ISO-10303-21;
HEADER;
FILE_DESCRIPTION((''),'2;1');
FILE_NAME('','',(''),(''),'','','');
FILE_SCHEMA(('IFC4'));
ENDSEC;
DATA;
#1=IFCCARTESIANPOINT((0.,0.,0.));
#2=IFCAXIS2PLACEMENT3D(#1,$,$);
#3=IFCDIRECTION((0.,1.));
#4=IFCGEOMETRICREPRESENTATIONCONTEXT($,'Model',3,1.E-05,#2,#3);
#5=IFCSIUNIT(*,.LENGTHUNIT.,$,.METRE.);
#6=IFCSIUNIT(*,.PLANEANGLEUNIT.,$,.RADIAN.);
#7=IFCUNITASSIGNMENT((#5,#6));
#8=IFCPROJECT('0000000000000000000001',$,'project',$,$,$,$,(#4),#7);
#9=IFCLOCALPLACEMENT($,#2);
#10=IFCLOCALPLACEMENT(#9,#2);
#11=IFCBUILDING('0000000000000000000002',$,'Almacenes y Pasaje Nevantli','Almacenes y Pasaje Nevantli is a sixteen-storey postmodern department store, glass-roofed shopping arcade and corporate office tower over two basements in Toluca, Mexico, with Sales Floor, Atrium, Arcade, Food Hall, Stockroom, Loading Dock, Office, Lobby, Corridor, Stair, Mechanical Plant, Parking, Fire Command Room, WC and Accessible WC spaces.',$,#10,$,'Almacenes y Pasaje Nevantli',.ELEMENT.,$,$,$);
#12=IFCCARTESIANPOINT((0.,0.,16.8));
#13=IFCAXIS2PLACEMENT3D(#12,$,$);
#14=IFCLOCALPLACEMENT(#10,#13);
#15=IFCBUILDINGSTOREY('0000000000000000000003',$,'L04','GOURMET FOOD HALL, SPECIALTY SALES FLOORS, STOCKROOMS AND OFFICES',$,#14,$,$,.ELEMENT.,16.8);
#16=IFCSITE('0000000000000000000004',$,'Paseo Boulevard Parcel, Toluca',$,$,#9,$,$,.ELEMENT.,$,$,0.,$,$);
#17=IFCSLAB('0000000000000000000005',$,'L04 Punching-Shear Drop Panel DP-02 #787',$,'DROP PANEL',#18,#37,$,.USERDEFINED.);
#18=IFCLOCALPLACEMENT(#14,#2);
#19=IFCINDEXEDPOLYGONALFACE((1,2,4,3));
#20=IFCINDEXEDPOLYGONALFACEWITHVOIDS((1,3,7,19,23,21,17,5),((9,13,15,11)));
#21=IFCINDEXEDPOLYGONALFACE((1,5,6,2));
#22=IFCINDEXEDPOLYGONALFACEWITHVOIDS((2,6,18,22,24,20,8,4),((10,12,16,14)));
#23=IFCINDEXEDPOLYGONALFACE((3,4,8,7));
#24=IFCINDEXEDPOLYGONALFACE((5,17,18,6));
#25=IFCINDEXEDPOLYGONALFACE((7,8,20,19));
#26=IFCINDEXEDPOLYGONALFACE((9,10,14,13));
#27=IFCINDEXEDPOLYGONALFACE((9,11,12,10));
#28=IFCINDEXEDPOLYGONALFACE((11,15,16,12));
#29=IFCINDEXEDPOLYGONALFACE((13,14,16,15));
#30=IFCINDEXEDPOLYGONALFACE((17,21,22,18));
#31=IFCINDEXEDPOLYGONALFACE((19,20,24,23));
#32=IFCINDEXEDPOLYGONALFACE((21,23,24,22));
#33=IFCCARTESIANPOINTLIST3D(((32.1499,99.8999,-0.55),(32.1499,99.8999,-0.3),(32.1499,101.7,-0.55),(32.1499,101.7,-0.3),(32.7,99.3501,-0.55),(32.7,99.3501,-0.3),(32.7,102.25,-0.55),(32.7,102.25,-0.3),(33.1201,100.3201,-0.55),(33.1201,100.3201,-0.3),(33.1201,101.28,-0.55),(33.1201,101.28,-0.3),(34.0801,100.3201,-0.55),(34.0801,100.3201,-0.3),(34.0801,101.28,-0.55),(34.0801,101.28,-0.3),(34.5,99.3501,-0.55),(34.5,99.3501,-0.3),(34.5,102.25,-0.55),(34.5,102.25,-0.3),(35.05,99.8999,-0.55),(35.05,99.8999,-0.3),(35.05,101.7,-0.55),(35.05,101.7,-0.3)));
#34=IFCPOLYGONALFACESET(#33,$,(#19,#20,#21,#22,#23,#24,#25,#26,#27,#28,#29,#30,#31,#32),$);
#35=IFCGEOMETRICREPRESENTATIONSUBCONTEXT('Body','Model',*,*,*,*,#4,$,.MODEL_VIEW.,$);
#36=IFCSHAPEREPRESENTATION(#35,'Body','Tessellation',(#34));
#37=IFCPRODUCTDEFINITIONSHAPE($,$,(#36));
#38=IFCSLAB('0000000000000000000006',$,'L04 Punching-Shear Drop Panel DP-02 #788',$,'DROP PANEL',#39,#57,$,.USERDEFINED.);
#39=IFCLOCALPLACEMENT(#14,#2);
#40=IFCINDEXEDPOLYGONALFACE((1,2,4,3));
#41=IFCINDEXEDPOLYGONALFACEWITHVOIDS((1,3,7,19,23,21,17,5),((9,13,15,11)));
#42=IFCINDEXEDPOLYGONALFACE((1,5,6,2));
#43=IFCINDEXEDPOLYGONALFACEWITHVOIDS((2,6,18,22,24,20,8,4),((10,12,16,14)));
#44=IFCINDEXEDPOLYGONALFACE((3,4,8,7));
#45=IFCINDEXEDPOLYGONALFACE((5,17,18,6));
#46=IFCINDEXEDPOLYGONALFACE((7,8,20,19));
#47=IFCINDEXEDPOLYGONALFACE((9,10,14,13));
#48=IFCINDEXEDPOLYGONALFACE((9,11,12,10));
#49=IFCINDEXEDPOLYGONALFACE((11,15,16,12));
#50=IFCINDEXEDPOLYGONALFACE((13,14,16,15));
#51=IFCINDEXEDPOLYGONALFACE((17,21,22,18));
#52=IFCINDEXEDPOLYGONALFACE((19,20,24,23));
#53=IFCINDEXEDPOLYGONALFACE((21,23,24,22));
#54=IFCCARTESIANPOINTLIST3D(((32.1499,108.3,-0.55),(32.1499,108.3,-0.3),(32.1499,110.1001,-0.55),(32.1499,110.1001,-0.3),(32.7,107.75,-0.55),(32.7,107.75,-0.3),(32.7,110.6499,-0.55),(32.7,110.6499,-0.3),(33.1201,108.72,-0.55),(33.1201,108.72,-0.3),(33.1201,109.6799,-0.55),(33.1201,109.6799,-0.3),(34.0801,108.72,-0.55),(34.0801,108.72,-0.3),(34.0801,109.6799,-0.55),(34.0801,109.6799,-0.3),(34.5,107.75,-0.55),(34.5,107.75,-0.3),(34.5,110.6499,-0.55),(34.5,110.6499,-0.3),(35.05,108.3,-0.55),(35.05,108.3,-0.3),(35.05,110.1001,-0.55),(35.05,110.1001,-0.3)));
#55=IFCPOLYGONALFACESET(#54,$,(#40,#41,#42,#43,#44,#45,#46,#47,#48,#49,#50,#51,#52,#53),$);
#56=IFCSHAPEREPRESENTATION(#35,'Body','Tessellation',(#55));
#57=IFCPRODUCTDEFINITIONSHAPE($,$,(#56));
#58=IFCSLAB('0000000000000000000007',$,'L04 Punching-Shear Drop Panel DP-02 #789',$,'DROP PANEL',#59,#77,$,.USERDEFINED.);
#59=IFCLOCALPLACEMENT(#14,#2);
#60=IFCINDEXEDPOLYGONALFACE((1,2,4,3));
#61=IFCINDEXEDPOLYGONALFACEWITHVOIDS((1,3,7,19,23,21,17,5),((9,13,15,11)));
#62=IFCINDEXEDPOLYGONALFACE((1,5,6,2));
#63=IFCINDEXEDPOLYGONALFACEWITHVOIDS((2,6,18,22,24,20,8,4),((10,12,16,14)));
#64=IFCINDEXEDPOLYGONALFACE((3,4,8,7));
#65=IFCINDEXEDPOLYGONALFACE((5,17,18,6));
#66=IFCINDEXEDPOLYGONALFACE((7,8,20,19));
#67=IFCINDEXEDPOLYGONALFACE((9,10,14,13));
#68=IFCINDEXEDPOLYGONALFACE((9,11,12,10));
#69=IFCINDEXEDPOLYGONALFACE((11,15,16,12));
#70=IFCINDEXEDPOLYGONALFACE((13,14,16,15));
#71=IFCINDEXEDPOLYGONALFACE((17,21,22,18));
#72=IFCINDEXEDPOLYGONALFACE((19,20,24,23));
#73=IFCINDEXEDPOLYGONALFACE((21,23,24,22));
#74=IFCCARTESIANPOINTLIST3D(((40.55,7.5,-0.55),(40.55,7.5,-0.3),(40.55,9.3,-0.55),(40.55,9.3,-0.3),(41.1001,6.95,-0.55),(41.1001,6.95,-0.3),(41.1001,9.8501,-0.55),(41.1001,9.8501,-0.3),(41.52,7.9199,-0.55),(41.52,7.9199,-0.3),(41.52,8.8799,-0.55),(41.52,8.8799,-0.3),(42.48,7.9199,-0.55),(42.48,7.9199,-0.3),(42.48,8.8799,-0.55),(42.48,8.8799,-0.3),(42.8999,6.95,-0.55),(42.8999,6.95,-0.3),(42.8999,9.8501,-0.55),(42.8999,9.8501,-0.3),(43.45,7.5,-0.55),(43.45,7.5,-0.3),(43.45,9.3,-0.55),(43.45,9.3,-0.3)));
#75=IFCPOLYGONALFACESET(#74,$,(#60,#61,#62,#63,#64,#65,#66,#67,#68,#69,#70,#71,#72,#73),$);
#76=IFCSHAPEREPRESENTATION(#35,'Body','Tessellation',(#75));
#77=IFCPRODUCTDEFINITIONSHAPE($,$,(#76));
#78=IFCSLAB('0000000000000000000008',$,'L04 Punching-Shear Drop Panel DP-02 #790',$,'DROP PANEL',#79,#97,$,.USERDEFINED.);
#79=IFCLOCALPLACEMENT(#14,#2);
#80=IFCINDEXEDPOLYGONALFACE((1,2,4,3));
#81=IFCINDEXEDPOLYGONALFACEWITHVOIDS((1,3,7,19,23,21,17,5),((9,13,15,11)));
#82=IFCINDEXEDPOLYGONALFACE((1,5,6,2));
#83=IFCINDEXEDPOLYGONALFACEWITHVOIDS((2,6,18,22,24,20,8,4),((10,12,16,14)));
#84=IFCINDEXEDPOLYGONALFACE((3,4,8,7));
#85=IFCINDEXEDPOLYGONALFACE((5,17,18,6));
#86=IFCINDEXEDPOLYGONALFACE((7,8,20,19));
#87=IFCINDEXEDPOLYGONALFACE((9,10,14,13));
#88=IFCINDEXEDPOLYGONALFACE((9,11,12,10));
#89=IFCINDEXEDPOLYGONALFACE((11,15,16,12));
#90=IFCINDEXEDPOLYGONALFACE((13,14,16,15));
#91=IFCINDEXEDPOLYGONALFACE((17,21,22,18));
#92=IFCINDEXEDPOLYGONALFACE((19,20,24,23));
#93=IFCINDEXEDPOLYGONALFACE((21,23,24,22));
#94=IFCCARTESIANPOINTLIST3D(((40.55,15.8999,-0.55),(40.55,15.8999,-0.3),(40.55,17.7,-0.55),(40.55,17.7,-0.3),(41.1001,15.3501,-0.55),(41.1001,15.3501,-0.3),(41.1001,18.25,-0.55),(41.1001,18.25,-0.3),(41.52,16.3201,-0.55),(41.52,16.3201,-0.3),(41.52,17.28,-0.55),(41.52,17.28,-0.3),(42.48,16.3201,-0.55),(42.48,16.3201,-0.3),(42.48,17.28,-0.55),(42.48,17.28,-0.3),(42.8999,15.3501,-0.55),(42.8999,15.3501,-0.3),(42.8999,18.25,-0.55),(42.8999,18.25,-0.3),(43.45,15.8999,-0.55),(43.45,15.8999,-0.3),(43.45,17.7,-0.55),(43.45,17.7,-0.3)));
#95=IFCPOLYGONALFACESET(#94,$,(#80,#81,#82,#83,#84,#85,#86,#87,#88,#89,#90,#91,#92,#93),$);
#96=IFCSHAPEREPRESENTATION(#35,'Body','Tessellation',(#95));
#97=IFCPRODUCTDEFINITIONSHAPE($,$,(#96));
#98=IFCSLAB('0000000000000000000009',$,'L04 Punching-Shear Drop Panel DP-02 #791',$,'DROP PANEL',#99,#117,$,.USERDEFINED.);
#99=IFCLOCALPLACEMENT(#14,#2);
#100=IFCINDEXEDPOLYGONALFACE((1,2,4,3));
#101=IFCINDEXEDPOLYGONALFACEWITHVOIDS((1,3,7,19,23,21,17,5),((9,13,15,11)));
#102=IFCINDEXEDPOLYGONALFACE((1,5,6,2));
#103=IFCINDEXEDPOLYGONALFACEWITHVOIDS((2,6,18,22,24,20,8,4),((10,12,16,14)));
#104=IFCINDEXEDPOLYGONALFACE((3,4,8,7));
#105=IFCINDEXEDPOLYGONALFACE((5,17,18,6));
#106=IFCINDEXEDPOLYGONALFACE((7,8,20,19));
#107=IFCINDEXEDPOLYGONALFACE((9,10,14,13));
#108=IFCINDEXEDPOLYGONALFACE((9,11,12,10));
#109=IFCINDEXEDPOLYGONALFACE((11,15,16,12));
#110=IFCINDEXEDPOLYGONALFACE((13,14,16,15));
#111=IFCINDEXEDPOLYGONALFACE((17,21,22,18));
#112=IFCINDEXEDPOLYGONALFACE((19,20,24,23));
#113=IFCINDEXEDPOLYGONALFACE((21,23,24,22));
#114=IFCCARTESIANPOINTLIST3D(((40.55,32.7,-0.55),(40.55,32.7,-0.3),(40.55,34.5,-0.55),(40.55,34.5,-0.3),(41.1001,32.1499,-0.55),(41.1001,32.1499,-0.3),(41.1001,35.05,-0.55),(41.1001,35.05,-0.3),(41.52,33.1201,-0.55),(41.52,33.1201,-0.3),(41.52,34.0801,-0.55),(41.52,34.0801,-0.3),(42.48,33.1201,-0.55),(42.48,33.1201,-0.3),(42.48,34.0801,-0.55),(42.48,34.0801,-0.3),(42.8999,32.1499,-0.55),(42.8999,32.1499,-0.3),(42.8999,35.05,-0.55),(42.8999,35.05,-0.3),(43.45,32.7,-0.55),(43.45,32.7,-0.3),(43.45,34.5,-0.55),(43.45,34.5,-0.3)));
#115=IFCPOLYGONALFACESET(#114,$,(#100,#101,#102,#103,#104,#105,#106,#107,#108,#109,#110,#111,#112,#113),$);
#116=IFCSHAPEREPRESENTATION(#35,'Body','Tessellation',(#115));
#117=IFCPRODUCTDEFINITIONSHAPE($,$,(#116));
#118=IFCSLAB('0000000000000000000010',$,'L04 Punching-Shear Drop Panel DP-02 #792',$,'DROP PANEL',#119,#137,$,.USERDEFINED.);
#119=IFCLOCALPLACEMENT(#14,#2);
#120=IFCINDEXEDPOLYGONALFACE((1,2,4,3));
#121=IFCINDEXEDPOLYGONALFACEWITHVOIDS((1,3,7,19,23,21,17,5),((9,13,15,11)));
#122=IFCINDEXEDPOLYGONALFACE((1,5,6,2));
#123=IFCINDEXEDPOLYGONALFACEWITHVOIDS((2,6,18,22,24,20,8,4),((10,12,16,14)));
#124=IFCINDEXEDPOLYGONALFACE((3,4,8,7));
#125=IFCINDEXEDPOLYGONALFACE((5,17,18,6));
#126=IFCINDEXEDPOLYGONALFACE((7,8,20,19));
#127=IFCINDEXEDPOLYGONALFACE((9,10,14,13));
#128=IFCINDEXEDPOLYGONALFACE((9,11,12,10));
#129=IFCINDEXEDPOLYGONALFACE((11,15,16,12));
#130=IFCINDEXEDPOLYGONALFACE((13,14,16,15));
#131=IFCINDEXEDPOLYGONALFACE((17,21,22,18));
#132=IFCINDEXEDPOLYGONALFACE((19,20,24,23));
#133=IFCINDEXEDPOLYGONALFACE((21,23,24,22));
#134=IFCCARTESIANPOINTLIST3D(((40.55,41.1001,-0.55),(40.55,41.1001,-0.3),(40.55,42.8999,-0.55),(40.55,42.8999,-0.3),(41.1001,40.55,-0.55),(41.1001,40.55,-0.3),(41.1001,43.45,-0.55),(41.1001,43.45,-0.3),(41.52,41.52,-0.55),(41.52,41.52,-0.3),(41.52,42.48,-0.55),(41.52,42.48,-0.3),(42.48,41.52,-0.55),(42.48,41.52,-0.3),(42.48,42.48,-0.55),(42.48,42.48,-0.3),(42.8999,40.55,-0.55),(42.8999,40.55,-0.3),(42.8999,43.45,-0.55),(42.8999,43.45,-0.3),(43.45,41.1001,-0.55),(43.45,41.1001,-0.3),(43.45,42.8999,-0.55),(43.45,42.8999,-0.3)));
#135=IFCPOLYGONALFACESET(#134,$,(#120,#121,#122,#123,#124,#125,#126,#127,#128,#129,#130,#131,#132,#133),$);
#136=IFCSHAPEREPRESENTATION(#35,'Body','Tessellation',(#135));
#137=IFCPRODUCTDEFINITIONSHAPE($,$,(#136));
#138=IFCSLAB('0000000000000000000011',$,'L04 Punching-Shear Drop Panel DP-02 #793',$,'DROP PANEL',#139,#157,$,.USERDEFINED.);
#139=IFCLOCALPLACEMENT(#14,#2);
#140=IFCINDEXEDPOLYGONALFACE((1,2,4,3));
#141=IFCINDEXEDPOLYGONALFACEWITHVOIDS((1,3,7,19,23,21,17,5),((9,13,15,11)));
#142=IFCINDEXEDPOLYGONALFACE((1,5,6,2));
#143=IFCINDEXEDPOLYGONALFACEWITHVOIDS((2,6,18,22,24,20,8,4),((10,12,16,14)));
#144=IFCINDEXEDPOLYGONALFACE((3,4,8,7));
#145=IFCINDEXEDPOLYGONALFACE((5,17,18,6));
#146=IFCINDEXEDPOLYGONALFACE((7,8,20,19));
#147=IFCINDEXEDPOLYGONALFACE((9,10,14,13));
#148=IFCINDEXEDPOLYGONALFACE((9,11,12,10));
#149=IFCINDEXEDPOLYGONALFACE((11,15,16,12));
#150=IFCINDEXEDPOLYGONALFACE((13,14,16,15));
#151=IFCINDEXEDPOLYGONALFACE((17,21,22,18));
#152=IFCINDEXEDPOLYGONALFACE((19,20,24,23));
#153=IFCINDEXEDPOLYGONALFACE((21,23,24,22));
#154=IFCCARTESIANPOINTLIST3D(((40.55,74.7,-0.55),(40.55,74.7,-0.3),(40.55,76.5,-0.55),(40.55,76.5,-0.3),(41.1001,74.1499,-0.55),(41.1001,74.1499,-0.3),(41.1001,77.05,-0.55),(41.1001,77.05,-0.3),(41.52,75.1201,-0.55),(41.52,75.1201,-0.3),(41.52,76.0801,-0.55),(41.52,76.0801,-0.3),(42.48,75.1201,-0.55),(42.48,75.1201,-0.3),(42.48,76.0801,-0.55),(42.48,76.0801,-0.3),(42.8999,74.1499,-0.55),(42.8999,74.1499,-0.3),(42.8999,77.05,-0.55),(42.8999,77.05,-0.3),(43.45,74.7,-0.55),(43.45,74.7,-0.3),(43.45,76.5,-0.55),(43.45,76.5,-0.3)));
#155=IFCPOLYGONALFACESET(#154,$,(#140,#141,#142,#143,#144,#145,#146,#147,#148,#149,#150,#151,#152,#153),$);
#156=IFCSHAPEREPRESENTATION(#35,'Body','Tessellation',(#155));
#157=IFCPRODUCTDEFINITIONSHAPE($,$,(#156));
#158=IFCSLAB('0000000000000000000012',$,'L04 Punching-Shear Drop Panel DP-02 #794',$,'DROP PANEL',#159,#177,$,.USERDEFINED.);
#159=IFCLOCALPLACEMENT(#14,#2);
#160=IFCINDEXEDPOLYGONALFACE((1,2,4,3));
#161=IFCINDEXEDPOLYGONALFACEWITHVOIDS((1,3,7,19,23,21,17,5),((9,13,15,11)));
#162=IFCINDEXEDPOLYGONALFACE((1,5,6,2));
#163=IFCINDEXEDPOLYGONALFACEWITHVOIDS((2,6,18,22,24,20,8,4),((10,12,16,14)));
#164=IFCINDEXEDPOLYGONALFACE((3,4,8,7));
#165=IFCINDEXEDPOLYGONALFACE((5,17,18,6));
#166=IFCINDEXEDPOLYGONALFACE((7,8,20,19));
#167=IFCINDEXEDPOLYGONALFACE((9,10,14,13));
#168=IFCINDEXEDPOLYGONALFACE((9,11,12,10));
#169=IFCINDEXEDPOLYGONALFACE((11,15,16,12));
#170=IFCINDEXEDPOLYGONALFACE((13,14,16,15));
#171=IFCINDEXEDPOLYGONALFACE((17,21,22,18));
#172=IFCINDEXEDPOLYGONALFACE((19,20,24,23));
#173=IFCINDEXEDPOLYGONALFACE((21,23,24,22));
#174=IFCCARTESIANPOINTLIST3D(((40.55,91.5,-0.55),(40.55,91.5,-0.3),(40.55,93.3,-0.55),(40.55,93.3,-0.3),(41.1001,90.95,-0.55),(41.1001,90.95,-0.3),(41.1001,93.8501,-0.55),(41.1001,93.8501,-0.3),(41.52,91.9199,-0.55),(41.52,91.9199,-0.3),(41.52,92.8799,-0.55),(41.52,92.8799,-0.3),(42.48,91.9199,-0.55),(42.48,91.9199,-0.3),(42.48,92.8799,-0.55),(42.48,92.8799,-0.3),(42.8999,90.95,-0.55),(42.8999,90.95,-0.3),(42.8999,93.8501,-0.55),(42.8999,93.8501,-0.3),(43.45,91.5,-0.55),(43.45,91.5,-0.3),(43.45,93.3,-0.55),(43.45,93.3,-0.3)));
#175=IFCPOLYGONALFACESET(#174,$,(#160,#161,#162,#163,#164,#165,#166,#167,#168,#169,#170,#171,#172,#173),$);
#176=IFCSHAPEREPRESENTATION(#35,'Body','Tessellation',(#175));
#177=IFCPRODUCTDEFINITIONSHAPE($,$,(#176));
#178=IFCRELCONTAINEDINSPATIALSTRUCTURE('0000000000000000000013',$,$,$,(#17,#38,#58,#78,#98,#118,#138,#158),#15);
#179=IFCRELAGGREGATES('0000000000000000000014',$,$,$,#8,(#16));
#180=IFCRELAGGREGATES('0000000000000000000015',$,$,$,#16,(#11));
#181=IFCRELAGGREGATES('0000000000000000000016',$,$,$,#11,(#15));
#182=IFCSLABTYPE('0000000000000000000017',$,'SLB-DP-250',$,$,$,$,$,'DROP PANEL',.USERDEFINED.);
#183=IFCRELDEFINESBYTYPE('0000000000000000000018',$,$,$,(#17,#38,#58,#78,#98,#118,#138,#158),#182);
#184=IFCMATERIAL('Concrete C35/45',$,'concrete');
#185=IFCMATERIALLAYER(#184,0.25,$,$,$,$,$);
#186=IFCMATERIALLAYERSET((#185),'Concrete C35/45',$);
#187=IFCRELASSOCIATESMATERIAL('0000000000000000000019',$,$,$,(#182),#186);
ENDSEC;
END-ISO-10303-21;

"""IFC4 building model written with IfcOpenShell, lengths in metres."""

from ifc_helpers import new_model, si_unit, direction, frame, origin, place, context, subcontext, project, spatial, polyline, outline, extrude, material, layer, layer_set, type_object, element, save


model = new_model("IFC4")

# Units and contexts
model_context = context("Model", 3, precision=1e-05, world=origin(), true_north=direction((0.0, 1.0)))
body_context = subcontext(model_context, "Body", "Model", "MODEL_VIEW")
ifc_project = project(units=[si_unit("LENGTHUNIT", "METRE"), si_unit("PLANEANGLEUNIT", "RADIAN")], contexts=[model_context])

# Site, building, storey
site_placement = place(None, origin())
site = spatial("IfcSite", under=ifc_project, at=site_placement, Name="Paseo Boulevard Parcel, Toluca", CompositionType="ELEMENT", RefElevation=0.0)
building_placement = place(site_placement, origin())
building = spatial("IfcBuilding", under=site, at=building_placement, Name="Almacenes y Pasaje Nevantli", Description="Almacenes y Pasaje Nevantli is a sixteen-storey postmodern department store, glass-roofed shopping arcade and corporate office tower over two basements in Toluca, Mexico, with Sales Floor, Atrium, Arcade, Food Hall, Stockroom, Loading Dock, Office, Lobby, Corridor, Stair, Mechanical Plant, Parking, Fire Command Room, WC and Accessible WC spaces.", LongName="Almacenes y Pasaje Nevantli", CompositionType="ELEMENT")
storey_placement = place(building_placement, frame((0.0, 0.0, 16.8)))
storey = spatial("IfcBuildingStorey", under=building, at=storey_placement, Name="L04", Description="GOURMET FOOD HALL, SPECIALTY SALES FLOORS, STOCKROOMS AND OFFICES", CompositionType="ELEMENT", Elevation=16.8)

# Slabs
ifc_material_1 = material(Name="Concrete C35/45", Category="concrete")
ifc_layer_1 = layer(ifc_material_1, 0.25)
ifc_layer_set_1 = layer_set([ifc_layer_1], Name="Concrete C35/45")
slab_type_1 = type_object("IfcSlabType", Name="SLB-DP-250", ElementType="DROP PANEL", PredefinedType="USERDEFINED", material=ifc_layer_set_1)
slab_1_placement = place(storey_placement, frame((0.0, 0.0, -0.55)))
element("IfcSlab", 1, at=slab_1_placement, inside=storey, type_object=slab_type_1, Name="L04 Punching-Shear Drop Panel DP-02 #787", ObjectType="DROP PANEL", PredefinedType="USERDEFINED", context=body_context, shape_type="SweptSolid", body=[
    extrude(outline(polyline([(32.7, 99.3501), (34.5, 99.3501), (35.05, 99.8999), (35.05, 101.7), (34.5, 102.25), (32.7, 102.25), (32.1499, 101.7), (32.1499, 99.8999), (32.7, 99.3501)]), holes=[polyline([(33.1201, 100.3201), (34.0801, 100.3201), (34.0801, 101.28), (33.1201, 101.28), (33.1201, 100.3201)])]), origin(), (0.0, 0.0, 1.0), 0.25),
])
slab_2_placement = place(storey_placement, frame((0.0, 0.0, -0.55)))
element("IfcSlab", 2, at=slab_2_placement, inside=storey, type_object=slab_type_1, Name="L04 Punching-Shear Drop Panel DP-02 #788", ObjectType="DROP PANEL", PredefinedType="USERDEFINED", context=body_context, shape_type="SweptSolid", body=[
    extrude(outline(polyline([(32.7, 107.75), (34.5, 107.75), (35.05, 108.3), (35.05, 110.1001), (34.5, 110.6499), (32.7, 110.6499), (32.1499, 110.1001), (32.1499, 108.3), (32.7, 107.75)]), holes=[polyline([(33.1201, 108.72), (34.0801, 108.72), (34.0801, 109.6799), (33.1201, 109.6799), (33.1201, 108.72)])]), origin(), (0.0, 0.0, 1.0), 0.25),
])
slab_3_placement = place(storey_placement, frame((0.0, 0.0, -0.55)))
element("IfcSlab", 3, at=slab_3_placement, inside=storey, type_object=slab_type_1, Name="L04 Punching-Shear Drop Panel DP-02 #789", ObjectType="DROP PANEL", PredefinedType="USERDEFINED", context=body_context, shape_type="SweptSolid", body=[
    extrude(outline(polyline([(41.1001, 6.95), (42.8999, 6.95), (43.45, 7.5), (43.45, 9.3), (42.8999, 9.8501), (41.1001, 9.8501), (40.55, 9.3), (40.55, 7.5), (41.1001, 6.95)]), holes=[polyline([(41.52, 7.9199), (42.48, 7.9199), (42.48, 8.8799), (41.52, 8.8799), (41.52, 7.9199)])]), origin(), (0.0, 0.0, 1.0), 0.25),
])
slab_4_placement = place(storey_placement, frame((0.0, 0.0, -0.55)))
element("IfcSlab", 4, at=slab_4_placement, inside=storey, type_object=slab_type_1, Name="L04 Punching-Shear Drop Panel DP-02 #790", ObjectType="DROP PANEL", PredefinedType="USERDEFINED", context=body_context, shape_type="SweptSolid", body=[
    extrude(outline(polyline([(41.1001, 15.3501), (42.8999, 15.3501), (43.45, 15.8999), (43.45, 17.7), (42.8999, 18.25), (41.1001, 18.25), (40.55, 17.7), (40.55, 15.8999), (41.1001, 15.3501)]), holes=[polyline([(41.52, 16.3201), (42.48, 16.3201), (42.48, 17.28), (41.52, 17.28), (41.52, 16.3201)])]), origin(), (0.0, 0.0, 1.0), 0.25),
])
slab_5_placement = place(storey_placement, frame((0.0, 0.0, -0.55)))
element("IfcSlab", 5, at=slab_5_placement, inside=storey, type_object=slab_type_1, Name="L04 Punching-Shear Drop Panel DP-02 #791", ObjectType="DROP PANEL", PredefinedType="USERDEFINED", context=body_context, shape_type="SweptSolid", body=[
    extrude(outline(polyline([(41.1001, 32.1499), (42.8999, 32.1499), (43.45, 32.7), (43.45, 34.5), (42.8999, 35.05), (41.1001, 35.05), (40.55, 34.5), (40.55, 32.7), (41.1001, 32.1499)]), holes=[polyline([(41.52, 33.1201), (42.48, 33.1201), (42.48, 34.0801), (41.52, 34.0801), (41.52, 33.1201)])]), origin(), (0.0, 0.0, 1.0), 0.25),
])
slab_6_placement = place(storey_placement, frame((0.0, 0.0, -0.55)))
element("IfcSlab", 6, at=slab_6_placement, inside=storey, type_object=slab_type_1, Name="L04 Punching-Shear Drop Panel DP-02 #792", ObjectType="DROP PANEL", PredefinedType="USERDEFINED", context=body_context, shape_type="SweptSolid", body=[
    extrude(outline(polyline([(41.1001, 40.55), (42.8999, 40.55), (43.45, 41.1001), (43.45, 42.8999), (42.8999, 43.45), (41.1001, 43.45), (40.55, 42.8999), (40.55, 41.1001), (41.1001, 40.55)]), holes=[polyline([(41.52, 41.52), (42.48, 41.52), (42.48, 42.48), (41.52, 42.48), (41.52, 41.52)])]), origin(), (0.0, 0.0, 1.0), 0.25),
])
slab_7_placement = place(storey_placement, frame((0.0, 0.0, -0.55)))
element("IfcSlab", 7, at=slab_7_placement, inside=storey, type_object=slab_type_1, Name="L04 Punching-Shear Drop Panel DP-02 #793", ObjectType="DROP PANEL", PredefinedType="USERDEFINED", context=body_context, shape_type="SweptSolid", body=[
    extrude(outline(polyline([(41.1001, 74.1499), (42.8999, 74.1499), (43.45, 74.7), (43.45, 76.5), (42.8999, 77.05), (41.1001, 77.05), (40.55, 76.5), (40.55, 74.7), (41.1001, 74.1499)]), holes=[polyline([(41.52, 75.1201), (42.48, 75.1201), (42.48, 76.0801), (41.52, 76.0801), (41.52, 75.1201)])]), origin(), (0.0, 0.0, 1.0), 0.25),
])
slab_8_placement = place(storey_placement, frame((0.0, 0.0, -0.55)))
element("IfcSlab", 8, at=slab_8_placement, inside=storey, type_object=slab_type_1, Name="L04 Punching-Shear Drop Panel DP-02 #794", ObjectType="DROP PANEL", PredefinedType="USERDEFINED", context=body_context, shape_type="SweptSolid", body=[
    extrude(outline(polyline([(41.1001, 90.95), (42.8999, 90.95), (43.45, 91.5), (43.45, 93.3), (42.8999, 93.8501), (41.1001, 93.8501), (40.55, 93.3), (40.55, 91.5), (41.1001, 90.95)]), holes=[polyline([(41.52, 91.9199), (42.48, 91.9199), (42.48, 92.8799), (41.52, 92.8799), (41.52, 91.9199)])]), origin(), (0.0, 0.0, 1.0), 0.25),
])

save(model, "model.ifc")
